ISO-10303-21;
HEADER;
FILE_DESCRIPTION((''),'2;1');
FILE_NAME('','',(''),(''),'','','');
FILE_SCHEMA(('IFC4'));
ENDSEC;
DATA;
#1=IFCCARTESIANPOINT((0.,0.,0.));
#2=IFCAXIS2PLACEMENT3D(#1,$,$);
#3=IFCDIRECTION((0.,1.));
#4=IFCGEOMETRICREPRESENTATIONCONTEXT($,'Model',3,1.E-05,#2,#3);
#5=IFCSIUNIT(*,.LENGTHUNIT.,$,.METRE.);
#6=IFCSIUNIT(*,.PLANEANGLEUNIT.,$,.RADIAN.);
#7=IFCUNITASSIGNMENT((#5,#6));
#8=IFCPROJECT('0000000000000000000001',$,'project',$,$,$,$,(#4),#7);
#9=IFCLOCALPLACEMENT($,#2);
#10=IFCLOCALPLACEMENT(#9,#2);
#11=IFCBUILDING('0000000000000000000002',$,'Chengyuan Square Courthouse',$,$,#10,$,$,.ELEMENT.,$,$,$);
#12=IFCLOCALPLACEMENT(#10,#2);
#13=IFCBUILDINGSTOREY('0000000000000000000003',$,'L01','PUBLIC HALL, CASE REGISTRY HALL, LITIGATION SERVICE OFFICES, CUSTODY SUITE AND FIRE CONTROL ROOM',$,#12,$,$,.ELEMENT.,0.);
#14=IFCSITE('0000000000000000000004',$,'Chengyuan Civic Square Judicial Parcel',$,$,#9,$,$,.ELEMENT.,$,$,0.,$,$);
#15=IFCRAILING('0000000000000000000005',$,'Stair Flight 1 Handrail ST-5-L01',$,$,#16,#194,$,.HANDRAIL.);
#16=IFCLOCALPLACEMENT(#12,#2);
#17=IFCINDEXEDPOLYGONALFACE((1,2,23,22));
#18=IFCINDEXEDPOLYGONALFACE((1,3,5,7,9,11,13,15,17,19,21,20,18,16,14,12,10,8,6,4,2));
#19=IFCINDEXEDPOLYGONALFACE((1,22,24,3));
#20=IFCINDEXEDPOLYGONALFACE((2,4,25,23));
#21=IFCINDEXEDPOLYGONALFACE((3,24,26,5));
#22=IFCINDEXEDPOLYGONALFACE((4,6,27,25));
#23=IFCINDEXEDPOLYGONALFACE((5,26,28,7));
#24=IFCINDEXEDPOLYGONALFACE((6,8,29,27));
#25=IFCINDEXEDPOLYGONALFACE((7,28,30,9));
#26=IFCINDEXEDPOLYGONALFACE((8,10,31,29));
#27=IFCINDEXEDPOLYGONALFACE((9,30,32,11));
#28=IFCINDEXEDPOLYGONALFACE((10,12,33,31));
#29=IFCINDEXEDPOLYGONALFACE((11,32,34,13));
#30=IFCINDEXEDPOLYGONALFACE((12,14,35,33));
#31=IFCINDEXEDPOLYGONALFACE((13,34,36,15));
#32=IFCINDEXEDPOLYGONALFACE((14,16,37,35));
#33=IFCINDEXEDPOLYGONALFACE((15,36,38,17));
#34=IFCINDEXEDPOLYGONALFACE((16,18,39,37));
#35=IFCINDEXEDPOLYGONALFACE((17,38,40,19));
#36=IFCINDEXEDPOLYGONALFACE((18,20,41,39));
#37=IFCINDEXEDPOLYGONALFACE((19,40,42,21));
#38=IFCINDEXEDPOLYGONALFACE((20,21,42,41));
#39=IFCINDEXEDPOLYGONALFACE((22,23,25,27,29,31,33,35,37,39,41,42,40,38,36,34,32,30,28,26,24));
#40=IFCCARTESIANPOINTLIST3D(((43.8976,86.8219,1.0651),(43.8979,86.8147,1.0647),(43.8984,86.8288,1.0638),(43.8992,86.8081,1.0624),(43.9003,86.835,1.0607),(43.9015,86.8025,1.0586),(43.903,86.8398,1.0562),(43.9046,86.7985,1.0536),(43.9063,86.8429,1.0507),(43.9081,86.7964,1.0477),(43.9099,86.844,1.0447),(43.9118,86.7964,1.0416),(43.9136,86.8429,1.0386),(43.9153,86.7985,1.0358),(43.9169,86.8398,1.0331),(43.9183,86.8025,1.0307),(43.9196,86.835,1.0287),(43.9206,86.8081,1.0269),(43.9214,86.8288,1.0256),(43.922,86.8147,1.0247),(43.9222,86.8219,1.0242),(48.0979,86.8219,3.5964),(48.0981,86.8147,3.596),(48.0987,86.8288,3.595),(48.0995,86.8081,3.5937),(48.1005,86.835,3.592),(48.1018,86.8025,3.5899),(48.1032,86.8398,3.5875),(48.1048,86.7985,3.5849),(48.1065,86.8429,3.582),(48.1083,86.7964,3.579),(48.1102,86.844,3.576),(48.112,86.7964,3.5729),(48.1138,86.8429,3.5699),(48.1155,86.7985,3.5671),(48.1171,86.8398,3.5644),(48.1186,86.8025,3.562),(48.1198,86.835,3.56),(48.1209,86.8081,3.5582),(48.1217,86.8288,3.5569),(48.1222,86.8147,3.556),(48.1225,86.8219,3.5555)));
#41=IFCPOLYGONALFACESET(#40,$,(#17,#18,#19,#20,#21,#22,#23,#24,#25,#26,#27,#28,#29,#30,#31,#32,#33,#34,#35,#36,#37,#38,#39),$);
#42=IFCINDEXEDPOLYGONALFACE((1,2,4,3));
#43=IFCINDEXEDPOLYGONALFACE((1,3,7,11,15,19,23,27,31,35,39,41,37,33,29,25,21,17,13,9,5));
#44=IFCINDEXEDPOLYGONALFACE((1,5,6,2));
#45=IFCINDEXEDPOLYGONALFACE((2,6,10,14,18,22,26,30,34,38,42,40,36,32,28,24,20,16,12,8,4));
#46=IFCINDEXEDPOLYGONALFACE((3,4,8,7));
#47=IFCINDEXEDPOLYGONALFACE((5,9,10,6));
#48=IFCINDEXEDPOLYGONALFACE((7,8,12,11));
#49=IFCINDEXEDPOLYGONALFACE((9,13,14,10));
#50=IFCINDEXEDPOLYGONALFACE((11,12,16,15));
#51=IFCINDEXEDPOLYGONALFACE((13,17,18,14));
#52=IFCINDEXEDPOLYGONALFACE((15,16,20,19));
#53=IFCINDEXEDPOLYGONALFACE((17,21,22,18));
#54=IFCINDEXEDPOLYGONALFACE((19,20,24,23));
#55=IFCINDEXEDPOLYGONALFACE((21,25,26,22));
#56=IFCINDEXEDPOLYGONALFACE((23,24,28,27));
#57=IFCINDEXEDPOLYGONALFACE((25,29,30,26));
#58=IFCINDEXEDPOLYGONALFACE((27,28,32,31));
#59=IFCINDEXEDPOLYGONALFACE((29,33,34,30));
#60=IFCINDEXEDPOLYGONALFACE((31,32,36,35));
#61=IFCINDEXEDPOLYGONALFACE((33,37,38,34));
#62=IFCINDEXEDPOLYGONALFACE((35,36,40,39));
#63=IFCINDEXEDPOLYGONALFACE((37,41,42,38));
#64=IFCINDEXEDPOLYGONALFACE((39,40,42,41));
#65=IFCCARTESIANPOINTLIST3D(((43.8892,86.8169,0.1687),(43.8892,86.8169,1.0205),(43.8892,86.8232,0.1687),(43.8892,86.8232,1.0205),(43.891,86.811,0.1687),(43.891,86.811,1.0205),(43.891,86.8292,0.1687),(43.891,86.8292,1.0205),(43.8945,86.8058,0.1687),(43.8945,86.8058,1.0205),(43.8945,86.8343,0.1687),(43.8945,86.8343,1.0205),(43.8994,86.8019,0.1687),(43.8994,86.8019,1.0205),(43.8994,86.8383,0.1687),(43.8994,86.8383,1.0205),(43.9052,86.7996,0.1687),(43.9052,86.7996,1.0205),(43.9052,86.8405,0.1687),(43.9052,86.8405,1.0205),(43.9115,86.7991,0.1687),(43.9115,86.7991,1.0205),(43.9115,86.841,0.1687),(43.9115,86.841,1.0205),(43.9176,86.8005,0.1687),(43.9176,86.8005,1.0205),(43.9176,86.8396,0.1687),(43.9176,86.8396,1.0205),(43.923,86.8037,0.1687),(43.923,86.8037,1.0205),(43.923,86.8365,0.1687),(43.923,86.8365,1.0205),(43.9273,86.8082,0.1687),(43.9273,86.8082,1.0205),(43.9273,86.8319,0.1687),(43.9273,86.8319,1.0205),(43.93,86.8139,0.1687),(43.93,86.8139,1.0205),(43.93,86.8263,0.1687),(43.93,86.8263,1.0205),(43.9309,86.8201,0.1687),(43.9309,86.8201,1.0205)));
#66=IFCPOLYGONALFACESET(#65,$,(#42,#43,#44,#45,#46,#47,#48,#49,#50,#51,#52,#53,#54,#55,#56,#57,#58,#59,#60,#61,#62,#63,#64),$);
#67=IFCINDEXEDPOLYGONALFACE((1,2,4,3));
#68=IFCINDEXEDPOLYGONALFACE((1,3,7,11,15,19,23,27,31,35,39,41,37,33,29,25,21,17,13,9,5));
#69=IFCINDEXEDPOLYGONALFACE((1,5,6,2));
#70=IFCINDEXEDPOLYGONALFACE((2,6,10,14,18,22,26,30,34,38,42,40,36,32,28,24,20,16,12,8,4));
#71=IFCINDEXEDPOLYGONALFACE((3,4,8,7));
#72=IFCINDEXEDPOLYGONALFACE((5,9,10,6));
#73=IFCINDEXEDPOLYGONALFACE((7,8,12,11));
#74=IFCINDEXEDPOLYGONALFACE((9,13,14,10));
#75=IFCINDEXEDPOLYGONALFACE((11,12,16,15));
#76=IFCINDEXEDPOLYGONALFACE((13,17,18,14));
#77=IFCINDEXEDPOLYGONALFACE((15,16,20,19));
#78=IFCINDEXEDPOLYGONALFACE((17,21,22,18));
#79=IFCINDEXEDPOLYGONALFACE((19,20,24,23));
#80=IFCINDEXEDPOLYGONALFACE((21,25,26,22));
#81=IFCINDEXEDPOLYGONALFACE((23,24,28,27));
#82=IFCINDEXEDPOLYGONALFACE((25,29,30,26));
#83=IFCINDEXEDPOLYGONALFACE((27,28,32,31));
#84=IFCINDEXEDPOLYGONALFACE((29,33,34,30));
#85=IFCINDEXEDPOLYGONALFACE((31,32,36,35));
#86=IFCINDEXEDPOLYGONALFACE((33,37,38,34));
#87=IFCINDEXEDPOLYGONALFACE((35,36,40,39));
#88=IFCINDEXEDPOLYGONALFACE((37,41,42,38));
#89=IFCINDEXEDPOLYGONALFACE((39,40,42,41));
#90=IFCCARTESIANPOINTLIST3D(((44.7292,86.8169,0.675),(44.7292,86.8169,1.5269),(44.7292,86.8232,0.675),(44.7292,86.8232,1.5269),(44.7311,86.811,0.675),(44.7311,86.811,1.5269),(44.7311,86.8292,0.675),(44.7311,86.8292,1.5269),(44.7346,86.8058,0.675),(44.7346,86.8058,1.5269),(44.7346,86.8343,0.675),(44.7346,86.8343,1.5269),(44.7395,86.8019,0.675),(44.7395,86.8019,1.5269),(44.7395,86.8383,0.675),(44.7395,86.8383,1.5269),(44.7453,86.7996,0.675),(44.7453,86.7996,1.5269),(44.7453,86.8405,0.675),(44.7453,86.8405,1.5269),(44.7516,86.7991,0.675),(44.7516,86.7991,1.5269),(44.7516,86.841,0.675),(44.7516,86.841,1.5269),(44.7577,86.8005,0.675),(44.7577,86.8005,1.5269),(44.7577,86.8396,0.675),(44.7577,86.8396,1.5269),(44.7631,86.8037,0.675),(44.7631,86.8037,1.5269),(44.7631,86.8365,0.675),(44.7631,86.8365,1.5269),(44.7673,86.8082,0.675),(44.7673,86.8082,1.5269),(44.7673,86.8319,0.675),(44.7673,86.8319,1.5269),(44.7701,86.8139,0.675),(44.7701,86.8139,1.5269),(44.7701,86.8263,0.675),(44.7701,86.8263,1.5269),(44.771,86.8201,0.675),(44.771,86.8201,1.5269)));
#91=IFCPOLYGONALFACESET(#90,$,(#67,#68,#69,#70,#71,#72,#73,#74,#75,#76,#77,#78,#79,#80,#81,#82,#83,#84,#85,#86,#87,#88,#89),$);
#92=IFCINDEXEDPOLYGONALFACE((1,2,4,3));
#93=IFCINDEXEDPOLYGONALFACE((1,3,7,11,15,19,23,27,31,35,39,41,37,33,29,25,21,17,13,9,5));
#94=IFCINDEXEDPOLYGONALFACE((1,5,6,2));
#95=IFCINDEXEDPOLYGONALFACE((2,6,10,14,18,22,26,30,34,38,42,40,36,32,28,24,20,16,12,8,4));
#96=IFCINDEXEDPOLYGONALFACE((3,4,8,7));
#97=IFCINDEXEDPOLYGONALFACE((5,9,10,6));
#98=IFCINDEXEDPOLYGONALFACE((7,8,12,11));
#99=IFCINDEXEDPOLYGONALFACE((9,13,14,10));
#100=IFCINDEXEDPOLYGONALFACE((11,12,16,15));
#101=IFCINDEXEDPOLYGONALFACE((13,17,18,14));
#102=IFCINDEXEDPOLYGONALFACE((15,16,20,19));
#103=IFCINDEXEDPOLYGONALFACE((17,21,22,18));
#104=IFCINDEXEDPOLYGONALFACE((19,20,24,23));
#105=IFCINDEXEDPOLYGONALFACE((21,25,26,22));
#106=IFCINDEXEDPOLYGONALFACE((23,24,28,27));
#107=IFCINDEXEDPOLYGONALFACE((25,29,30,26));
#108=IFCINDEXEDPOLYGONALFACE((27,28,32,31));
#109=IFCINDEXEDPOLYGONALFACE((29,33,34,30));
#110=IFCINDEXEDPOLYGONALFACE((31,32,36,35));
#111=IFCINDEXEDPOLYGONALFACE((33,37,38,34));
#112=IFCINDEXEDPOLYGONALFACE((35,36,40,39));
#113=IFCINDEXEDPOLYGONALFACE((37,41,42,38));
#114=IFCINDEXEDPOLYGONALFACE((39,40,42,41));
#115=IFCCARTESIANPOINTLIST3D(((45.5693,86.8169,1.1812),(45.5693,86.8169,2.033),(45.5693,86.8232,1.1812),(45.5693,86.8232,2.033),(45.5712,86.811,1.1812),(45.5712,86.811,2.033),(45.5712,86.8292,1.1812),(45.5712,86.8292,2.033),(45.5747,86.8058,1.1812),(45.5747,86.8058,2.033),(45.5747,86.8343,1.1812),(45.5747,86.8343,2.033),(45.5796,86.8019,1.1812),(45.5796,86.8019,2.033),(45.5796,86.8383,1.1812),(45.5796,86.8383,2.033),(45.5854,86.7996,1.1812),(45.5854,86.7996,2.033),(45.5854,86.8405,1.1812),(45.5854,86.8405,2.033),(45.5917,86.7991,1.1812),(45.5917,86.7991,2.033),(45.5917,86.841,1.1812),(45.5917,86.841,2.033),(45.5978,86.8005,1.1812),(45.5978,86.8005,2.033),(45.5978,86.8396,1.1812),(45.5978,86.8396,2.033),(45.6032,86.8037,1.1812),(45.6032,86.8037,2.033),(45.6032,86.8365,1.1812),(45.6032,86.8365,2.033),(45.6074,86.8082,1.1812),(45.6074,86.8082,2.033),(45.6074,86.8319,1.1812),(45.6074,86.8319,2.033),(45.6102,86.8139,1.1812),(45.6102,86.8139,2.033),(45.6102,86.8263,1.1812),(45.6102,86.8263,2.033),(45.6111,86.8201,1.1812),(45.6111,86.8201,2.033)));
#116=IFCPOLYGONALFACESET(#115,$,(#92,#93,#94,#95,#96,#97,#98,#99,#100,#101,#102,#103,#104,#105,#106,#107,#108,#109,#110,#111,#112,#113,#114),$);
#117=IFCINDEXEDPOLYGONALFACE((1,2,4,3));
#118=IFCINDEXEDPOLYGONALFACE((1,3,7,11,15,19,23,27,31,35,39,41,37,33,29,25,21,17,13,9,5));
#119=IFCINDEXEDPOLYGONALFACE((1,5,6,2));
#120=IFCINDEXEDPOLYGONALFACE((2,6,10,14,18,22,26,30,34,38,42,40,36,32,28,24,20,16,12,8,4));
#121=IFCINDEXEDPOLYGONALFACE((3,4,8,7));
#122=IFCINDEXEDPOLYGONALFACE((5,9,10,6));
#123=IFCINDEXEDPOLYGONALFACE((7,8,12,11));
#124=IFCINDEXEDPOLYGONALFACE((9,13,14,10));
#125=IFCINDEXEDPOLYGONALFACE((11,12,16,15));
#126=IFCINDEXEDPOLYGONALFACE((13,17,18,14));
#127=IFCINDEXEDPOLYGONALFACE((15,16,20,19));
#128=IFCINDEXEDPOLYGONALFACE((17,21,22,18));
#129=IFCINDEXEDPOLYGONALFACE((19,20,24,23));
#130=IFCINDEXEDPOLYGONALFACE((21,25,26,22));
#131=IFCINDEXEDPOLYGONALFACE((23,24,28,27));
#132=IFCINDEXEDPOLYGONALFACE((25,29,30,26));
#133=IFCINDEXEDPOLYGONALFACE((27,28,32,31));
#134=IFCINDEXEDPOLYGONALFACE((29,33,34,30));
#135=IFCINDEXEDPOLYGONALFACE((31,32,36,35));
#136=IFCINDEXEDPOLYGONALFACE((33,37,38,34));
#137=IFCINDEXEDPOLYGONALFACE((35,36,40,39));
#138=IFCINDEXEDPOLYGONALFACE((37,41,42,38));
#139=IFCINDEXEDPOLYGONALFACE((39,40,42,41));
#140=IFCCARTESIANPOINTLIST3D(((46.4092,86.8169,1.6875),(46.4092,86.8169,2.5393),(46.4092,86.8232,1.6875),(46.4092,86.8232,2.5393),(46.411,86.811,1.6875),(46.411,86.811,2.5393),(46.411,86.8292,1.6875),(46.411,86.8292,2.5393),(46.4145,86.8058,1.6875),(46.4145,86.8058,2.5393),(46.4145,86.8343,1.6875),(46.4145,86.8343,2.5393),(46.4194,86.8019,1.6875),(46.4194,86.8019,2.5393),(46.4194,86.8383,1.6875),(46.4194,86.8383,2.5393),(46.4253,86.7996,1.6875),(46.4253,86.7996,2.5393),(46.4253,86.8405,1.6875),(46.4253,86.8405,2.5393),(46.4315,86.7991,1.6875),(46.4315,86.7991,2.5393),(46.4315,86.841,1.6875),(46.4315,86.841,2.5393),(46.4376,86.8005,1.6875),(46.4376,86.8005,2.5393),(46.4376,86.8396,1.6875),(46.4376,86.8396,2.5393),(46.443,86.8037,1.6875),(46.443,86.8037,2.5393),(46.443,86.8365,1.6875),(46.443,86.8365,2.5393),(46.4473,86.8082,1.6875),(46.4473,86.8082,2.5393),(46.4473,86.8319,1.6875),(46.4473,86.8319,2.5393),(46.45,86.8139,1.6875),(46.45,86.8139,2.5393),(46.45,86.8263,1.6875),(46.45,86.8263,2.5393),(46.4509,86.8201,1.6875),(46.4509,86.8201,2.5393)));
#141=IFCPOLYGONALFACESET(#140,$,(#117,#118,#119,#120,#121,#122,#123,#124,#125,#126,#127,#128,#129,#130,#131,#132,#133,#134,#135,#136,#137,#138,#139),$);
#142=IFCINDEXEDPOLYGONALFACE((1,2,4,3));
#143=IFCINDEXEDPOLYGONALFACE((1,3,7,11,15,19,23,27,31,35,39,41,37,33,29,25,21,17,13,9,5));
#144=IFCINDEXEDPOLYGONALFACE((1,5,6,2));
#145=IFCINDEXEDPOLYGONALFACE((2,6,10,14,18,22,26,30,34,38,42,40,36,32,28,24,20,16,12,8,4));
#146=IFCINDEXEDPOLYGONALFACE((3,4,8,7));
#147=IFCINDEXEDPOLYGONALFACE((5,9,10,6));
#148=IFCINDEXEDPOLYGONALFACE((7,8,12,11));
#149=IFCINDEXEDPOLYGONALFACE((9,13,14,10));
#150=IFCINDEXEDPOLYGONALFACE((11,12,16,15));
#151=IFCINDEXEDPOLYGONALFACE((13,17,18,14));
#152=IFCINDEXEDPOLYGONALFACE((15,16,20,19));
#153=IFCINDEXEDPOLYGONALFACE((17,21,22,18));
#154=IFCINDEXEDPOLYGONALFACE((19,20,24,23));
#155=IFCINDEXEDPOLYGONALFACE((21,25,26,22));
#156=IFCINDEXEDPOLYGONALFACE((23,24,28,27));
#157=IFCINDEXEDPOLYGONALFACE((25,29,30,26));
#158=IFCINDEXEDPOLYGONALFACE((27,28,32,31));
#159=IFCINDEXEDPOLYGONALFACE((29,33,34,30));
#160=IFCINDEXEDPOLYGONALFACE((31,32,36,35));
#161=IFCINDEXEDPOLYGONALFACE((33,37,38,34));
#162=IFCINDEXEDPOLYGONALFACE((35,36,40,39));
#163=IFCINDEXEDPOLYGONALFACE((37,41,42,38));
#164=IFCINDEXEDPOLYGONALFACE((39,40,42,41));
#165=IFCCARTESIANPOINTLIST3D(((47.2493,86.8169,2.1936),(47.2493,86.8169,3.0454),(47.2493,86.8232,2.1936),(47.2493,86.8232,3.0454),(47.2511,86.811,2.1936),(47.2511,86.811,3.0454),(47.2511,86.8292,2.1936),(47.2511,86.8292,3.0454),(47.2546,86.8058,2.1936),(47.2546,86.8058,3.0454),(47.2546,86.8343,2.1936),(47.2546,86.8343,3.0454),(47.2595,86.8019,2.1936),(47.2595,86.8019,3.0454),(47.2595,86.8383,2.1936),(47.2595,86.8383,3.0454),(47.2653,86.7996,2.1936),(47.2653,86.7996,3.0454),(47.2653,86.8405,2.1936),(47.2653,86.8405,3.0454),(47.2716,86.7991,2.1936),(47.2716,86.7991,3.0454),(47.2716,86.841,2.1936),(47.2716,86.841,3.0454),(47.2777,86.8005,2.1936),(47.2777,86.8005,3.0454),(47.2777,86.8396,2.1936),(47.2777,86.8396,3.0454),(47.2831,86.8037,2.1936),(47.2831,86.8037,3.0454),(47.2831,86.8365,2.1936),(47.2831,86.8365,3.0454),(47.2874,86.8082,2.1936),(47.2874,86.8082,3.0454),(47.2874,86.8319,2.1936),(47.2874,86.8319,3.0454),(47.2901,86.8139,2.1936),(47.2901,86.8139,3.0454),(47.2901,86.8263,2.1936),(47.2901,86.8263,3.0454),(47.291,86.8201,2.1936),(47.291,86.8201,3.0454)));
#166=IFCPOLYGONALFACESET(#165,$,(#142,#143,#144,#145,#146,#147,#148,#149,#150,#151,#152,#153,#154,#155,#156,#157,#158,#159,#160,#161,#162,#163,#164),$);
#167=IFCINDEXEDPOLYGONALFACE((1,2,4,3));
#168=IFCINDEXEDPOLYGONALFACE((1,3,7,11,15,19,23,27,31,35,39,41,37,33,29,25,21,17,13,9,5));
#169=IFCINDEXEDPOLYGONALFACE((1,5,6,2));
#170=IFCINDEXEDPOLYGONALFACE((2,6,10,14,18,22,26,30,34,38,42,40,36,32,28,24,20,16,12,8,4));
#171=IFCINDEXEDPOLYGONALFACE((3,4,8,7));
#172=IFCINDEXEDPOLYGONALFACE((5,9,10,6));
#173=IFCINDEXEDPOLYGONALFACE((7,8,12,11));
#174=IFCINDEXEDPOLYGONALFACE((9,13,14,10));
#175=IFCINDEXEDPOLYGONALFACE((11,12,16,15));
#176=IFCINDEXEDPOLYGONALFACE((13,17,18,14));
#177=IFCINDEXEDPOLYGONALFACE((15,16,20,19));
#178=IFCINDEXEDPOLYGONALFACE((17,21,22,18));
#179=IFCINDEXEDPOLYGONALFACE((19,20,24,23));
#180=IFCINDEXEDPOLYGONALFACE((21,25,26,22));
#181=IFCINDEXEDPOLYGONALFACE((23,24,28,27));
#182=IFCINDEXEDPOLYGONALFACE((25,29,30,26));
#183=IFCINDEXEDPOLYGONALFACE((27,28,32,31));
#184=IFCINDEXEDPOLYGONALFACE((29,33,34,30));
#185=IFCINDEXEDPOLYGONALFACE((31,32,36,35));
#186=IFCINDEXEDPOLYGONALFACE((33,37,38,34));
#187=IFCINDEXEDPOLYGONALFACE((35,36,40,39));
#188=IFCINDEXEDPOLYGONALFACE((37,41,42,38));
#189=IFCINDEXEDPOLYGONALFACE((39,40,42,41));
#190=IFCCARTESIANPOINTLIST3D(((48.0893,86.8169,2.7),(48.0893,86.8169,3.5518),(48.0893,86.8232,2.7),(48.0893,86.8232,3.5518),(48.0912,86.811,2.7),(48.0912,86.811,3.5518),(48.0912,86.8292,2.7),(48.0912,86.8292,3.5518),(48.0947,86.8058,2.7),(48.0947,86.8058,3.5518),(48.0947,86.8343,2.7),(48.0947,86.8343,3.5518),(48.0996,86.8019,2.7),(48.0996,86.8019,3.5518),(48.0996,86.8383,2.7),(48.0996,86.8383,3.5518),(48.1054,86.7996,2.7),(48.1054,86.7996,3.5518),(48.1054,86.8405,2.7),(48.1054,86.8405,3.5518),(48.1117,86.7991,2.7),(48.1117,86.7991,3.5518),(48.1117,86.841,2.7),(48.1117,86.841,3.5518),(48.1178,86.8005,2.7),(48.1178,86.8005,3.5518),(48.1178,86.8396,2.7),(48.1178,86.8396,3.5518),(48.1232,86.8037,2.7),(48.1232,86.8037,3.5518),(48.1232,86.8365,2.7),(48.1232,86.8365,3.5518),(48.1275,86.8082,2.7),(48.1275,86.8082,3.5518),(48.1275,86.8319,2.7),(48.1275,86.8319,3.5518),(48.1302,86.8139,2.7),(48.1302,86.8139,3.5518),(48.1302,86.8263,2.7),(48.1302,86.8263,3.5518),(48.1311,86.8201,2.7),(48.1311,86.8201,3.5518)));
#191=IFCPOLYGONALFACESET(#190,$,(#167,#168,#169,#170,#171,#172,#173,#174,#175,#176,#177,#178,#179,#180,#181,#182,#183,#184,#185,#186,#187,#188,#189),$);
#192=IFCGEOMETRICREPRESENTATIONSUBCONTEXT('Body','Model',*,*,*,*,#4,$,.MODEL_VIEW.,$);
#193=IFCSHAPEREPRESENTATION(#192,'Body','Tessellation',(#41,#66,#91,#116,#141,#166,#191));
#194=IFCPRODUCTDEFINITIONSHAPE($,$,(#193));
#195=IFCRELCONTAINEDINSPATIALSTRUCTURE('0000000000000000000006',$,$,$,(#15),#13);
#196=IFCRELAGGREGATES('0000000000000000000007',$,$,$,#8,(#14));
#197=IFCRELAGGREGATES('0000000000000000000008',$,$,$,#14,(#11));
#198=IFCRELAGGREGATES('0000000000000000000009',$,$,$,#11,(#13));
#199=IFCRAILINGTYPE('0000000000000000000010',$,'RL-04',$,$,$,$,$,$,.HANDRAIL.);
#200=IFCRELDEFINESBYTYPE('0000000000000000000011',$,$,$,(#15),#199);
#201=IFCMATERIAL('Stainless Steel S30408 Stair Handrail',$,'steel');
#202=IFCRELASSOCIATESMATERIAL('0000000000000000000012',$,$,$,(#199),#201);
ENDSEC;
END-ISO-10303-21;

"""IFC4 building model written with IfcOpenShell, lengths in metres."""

from ifc_helpers import new_model, si_unit, direction, frame, origin, origin_2d, place, context, subcontext, project, spatial, circle, extrude, material, type_object, element, save


model = new_model("IFC4")

# Units and contexts
model_context = context("Model", 3, precision=1e-05, world=origin(), true_north=direction((0.0, 1.0)))
body_context = subcontext(model_context, "Body", "Model", "MODEL_VIEW")
ifc_project = project(units=[si_unit("LENGTHUNIT", "METRE"), si_unit("PLANEANGLEUNIT", "RADIAN")], contexts=[model_context])

# Site, building, storey
site_placement = place(None, origin())
site = spatial("IfcSite", under=ifc_project, at=site_placement, Name="Chengyuan Civic Square Judicial Parcel", CompositionType="ELEMENT", RefElevation=0.0)
building_placement = place(site_placement, origin())
building = spatial("IfcBuilding", under=site, at=building_placement, Name="Chengyuan Square Courthouse", CompositionType="ELEMENT")
storey_placement = place(building_placement, origin())
storey = spatial("IfcBuildingStorey", under=building, at=storey_placement, Name="L01", Description="PUBLIC HALL, CASE REGISTRY HALL, LITIGATION SERVICE OFFICES, CUSTODY SUITE AND FIRE CONTROL ROOM", CompositionType="ELEMENT", Elevation=0.0)

# Railing
ifc_material_1 = material(Name="Stainless Steel S30408 Stair Handrail", Category="steel")
railing_type = type_object("IfcRailingType", Name="RL-04", PredefinedType="HANDRAIL", material=ifc_material_1)
railing_placement = place(storey_placement, frame((43.9099, 86.8201, 0.1687)))
element("IfcRailing", 1, at=railing_placement, inside=storey, type_object=railing_type, Name="Stair Flight 1 Handrail ST-5-L01", PredefinedType="HANDRAIL", context=body_context, shape_type="SweptSolid", body=[
    extrude(circle(Radius=0.0239, at=origin_2d()), frame((0.0, 0.0, 0.876), z_axis=(0.85649, 0.0, 0.516164), x_axis=(0.0, 1.0, 0.0)), (0.0, 0.0, 1.0), 4.9041),
    extrude(circle(Radius=0.021, at=origin_2d()), origin(), (0.0, 0.0, 1.0), 0.8518),
    extrude(circle(Radius=0.021, at=origin_2d()), frame((0.8401, 0.0, 0.5063)), (0.0, 0.0, 1.0), 0.8518),
    extrude(circle(Radius=0.021, at=origin_2d()), frame((1.6802, 0.0, 1.0125)), (0.0, 0.0, 1.0), 0.8518),
    extrude(circle(Radius=0.021, at=origin_2d()), frame((2.52, 0.0, 1.5188)), (0.0, 0.0, 1.0), 0.8518),
    extrude(circle(Radius=0.021, at=origin_2d()), frame((3.3601, 0.0, 2.0249)), (0.0, 0.0, 1.0), 0.8518),
    extrude(circle(Radius=0.021, at=origin_2d()), frame((4.2002, 0.0, 2.5312)), (0.0, 0.0, 1.0), 0.8518),
])

save(model, "model.ifc")
